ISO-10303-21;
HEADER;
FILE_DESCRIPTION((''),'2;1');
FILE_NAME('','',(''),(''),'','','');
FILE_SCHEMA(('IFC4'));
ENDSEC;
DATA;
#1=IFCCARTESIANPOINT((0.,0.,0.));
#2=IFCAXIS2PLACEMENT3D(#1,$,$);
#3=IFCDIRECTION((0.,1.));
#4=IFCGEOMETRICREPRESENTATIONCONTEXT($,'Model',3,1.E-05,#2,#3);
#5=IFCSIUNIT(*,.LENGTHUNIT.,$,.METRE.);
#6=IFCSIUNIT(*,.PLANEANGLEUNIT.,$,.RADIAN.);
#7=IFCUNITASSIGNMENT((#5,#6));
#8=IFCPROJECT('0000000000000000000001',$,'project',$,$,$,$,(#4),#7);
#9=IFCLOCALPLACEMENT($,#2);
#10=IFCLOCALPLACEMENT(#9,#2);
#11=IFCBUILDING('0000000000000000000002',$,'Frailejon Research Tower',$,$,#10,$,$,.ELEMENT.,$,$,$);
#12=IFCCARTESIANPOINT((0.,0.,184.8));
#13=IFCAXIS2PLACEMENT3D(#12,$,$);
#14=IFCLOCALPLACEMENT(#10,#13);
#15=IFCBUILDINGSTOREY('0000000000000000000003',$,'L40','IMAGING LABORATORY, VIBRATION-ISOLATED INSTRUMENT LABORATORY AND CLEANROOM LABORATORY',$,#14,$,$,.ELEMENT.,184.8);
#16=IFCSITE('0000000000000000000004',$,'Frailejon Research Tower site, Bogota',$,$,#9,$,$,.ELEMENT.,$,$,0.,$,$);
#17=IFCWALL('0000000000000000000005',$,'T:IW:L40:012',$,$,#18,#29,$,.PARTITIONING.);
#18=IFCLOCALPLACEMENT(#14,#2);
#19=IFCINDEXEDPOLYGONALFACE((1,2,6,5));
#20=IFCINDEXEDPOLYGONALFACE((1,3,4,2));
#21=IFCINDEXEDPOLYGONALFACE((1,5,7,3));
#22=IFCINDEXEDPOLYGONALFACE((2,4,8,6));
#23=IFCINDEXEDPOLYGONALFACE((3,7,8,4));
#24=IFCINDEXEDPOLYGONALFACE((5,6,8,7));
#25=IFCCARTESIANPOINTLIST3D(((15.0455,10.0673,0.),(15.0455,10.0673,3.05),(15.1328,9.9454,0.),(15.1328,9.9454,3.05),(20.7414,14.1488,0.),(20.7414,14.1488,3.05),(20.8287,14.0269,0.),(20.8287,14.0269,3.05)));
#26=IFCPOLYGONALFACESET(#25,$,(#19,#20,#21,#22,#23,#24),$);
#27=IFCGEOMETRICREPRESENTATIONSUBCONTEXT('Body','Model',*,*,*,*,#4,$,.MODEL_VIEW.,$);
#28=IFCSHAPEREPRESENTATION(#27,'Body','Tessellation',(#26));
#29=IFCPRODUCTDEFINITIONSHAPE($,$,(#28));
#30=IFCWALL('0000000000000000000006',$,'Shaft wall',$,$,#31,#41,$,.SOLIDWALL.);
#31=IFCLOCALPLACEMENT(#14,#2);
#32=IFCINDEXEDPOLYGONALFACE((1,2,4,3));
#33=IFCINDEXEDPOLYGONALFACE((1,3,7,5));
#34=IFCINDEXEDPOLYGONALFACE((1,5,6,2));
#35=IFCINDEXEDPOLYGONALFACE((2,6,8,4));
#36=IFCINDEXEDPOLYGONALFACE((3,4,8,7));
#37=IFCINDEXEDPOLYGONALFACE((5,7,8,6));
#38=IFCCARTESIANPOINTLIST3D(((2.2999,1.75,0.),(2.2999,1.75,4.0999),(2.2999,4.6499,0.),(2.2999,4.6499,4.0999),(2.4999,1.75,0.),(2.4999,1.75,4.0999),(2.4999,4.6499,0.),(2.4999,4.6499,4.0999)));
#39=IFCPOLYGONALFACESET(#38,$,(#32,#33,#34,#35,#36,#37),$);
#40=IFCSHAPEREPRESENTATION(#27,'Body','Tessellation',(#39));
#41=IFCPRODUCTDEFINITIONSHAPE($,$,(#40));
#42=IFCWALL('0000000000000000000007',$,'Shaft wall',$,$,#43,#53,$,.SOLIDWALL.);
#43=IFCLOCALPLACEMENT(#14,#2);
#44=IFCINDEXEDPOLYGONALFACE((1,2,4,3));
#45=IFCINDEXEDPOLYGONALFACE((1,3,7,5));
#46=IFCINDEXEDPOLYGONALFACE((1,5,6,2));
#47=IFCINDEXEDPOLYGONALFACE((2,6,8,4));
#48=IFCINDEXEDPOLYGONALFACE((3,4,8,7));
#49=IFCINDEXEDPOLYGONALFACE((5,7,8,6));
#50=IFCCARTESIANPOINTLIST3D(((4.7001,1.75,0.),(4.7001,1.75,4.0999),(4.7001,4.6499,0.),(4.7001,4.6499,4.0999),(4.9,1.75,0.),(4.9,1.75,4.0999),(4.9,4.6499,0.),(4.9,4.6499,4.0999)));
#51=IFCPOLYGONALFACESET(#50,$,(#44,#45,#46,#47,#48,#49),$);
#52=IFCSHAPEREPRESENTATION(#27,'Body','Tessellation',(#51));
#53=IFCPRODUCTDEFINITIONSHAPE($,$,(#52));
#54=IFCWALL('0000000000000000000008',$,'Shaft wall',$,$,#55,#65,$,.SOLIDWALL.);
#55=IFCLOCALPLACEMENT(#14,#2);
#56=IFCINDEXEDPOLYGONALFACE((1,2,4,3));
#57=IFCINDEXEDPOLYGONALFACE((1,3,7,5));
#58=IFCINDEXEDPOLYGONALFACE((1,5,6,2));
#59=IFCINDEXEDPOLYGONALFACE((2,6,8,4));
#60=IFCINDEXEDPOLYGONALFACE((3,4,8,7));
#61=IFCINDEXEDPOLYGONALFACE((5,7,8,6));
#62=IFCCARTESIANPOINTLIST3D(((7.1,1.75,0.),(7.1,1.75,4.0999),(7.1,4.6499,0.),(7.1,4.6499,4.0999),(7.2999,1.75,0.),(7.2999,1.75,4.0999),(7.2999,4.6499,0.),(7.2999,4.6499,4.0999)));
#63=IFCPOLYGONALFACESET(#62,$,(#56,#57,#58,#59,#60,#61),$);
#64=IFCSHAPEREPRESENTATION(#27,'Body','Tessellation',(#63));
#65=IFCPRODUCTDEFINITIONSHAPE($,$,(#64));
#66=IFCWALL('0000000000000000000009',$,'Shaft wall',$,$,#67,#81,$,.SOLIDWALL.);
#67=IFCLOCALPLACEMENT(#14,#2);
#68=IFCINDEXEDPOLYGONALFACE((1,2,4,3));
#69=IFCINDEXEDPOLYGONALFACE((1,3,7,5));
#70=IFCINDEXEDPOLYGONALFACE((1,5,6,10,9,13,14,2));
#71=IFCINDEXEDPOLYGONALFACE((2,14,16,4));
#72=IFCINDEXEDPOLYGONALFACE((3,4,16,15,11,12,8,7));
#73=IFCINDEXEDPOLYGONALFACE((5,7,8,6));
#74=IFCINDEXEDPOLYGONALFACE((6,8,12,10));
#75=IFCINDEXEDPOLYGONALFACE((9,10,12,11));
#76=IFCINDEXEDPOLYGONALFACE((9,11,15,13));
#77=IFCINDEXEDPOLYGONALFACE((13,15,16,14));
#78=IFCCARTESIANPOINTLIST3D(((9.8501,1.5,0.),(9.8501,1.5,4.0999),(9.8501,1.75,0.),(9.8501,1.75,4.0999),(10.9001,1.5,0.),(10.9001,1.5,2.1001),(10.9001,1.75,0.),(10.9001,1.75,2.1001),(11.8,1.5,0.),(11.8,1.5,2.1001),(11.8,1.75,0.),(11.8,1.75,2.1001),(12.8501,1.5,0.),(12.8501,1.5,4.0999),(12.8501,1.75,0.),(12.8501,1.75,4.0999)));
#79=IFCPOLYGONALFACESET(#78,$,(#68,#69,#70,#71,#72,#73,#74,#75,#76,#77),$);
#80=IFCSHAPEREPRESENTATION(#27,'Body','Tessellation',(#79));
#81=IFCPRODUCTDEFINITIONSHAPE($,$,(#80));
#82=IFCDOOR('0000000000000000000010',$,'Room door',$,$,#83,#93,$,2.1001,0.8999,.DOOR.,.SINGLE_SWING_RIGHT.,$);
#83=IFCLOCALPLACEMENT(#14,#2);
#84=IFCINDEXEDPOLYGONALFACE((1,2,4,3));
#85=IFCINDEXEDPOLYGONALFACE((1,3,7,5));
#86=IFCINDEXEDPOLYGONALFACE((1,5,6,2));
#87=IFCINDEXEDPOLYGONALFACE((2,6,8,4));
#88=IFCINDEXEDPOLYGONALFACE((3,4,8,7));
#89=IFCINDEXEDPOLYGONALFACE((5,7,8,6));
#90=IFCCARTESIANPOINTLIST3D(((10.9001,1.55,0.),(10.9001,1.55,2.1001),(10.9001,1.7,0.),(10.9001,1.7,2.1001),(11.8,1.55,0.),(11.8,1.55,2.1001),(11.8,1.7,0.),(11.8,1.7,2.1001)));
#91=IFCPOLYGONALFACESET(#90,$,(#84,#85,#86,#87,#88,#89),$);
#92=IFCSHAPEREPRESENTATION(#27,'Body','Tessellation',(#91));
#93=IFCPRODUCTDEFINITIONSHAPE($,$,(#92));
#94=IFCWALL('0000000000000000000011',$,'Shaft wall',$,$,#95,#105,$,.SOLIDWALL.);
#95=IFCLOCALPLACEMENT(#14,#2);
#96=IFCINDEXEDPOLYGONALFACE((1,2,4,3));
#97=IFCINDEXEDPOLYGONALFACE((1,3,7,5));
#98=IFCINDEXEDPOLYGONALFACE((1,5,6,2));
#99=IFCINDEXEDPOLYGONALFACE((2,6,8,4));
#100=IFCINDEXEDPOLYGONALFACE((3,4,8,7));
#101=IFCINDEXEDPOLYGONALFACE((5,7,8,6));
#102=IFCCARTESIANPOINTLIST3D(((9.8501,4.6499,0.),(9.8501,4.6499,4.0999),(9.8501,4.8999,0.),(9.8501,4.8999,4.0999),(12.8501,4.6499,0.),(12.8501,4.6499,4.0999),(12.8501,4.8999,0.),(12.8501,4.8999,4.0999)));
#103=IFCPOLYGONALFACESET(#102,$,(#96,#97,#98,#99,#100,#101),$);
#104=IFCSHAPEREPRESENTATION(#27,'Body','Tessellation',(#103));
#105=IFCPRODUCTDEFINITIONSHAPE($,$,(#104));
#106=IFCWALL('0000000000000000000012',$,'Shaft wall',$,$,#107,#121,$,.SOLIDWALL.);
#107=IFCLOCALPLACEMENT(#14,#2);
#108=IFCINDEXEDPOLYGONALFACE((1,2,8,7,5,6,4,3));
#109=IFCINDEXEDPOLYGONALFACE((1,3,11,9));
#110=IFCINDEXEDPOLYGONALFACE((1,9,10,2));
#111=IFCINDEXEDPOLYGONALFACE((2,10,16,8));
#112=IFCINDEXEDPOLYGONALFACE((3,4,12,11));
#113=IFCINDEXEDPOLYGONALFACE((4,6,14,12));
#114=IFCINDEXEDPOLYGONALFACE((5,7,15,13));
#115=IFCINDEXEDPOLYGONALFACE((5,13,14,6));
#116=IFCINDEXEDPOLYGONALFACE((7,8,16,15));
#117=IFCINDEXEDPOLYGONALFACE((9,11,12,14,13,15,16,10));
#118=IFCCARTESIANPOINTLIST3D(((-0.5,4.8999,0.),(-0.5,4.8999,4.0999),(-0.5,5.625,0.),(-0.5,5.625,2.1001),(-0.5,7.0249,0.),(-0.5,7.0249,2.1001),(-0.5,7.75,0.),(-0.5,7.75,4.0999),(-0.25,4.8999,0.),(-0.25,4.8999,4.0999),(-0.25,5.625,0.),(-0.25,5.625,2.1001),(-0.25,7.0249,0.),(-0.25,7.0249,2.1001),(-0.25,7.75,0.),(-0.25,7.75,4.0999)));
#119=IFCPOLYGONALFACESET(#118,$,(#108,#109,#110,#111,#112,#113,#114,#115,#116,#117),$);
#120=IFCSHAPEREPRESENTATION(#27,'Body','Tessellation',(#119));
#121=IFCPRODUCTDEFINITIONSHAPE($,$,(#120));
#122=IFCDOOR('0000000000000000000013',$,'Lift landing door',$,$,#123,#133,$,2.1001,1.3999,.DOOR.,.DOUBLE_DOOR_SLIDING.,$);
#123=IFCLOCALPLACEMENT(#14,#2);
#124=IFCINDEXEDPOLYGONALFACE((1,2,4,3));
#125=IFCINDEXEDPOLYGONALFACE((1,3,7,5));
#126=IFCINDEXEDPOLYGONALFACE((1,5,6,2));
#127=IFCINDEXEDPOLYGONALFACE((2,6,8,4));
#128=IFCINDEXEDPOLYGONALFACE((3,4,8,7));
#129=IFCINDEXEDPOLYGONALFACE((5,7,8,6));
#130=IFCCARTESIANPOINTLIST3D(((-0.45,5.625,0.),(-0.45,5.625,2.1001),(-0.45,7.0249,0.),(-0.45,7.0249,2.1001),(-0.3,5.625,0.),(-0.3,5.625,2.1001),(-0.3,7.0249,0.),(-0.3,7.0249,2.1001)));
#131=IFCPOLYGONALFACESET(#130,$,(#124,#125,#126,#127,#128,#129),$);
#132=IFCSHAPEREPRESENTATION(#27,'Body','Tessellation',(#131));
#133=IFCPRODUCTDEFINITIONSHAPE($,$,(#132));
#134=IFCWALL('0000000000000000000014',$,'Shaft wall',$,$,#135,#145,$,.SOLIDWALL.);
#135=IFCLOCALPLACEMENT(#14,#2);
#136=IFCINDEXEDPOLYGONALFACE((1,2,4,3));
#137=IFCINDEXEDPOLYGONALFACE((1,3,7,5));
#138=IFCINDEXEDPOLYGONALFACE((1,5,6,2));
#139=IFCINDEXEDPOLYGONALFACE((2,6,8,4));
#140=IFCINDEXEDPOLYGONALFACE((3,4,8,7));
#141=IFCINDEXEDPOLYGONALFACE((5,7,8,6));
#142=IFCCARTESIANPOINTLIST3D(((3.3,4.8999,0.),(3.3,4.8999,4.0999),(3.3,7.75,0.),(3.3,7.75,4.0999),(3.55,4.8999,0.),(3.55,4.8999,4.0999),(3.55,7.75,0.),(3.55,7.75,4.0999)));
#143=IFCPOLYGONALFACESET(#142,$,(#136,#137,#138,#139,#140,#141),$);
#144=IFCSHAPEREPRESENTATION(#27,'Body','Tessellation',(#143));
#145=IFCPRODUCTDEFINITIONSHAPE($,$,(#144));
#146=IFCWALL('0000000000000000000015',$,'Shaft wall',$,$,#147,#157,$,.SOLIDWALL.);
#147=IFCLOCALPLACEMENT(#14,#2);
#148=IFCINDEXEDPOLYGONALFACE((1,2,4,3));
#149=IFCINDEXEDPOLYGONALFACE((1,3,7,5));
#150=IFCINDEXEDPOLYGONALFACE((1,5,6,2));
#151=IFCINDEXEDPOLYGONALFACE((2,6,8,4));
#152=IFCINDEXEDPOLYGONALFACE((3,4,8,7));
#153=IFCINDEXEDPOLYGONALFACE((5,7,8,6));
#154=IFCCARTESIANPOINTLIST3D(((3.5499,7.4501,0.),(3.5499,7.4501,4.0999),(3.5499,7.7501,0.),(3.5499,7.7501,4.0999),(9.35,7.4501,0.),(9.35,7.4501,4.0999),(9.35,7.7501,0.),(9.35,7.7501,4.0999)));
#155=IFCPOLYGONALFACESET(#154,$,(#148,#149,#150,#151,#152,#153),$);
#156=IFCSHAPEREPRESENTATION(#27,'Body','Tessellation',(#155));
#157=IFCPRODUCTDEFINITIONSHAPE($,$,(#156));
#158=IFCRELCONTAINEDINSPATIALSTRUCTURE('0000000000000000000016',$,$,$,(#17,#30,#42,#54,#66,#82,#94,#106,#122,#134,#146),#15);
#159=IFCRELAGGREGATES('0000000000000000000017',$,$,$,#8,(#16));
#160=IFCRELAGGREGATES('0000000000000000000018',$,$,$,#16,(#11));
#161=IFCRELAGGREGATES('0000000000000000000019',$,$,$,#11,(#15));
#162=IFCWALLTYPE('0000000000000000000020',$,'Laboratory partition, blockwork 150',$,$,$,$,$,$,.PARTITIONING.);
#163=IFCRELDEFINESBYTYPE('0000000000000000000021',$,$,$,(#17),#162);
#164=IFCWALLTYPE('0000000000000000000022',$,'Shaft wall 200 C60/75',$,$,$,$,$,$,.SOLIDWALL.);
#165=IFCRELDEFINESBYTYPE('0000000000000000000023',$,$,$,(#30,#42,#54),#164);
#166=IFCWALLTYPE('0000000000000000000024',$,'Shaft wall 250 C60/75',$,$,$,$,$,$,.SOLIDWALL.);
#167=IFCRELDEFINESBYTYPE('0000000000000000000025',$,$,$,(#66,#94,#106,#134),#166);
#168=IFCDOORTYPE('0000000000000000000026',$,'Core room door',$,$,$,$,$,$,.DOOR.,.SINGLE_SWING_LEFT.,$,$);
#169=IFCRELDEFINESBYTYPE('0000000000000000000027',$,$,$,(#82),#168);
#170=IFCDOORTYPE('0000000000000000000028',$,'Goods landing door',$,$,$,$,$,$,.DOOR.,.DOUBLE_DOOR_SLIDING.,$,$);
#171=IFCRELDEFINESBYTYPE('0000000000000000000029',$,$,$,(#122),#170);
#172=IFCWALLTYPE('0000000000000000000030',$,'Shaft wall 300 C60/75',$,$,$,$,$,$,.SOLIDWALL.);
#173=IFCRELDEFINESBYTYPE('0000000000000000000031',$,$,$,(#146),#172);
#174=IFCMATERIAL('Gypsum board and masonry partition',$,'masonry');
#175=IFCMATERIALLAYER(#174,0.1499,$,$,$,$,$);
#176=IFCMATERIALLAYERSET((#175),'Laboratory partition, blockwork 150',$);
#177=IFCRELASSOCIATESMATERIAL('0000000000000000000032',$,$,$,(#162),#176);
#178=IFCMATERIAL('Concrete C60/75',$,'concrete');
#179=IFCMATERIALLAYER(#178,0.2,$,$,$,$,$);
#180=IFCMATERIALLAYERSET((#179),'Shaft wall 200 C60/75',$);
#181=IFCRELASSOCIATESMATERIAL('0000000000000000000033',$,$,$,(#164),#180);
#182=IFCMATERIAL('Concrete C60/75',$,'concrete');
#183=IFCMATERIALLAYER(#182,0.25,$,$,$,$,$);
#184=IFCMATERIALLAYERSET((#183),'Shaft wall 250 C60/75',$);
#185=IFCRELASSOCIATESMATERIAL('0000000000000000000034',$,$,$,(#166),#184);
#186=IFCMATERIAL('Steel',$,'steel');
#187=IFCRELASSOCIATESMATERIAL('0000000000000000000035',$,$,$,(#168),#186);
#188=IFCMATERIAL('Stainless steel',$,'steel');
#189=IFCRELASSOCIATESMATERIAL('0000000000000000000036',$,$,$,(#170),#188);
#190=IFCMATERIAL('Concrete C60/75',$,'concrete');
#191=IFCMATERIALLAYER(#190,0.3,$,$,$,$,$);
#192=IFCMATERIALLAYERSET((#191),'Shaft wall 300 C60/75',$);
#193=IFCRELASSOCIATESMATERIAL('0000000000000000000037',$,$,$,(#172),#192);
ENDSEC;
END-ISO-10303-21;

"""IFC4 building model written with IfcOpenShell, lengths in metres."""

from ifc_helpers import new_model, si_unit, direction, frame, frame_2d, origin, place, context, subcontext, project, spatial, rectangle, extrude, material, layer, layer_set, type_object, element, fill, save


model = new_model("IFC4")

# Units and contexts
model_context = context("Model", 3, precision=1e-05, world=origin(), true_north=direction((0.0, 1.0)))
body_context = subcontext(model_context, "Body", "Model", "MODEL_VIEW")
ifc_project = project(units=[si_unit("LENGTHUNIT", "METRE"), si_unit("PLANEANGLEUNIT", "RADIAN")], contexts=[model_context])

# Site, building, storey
site_placement = place(None, origin())
site = spatial("IfcSite", under=ifc_project, at=site_placement, Name="Frailejon Research Tower site, Bogota", CompositionType="ELEMENT", RefElevation=0.0)
building_placement = place(site_placement, origin())
building = spatial("IfcBuilding", under=site, at=building_placement, Name="Frailejon Research Tower", CompositionType="ELEMENT")
storey_placement = place(building_placement, frame((0.0, 0.0, 184.8)))
storey = spatial("IfcBuildingStorey", under=building, at=storey_placement, Name="L40", Description="IMAGING LABORATORY, VIBRATION-ISOLATED INSTRUMENT LABORATORY AND CLEANROOM LABORATORY", CompositionType="ELEMENT", Elevation=184.8)

# Walls
ifc_material_1 = material(Name="Gypsum board and masonry partition", Category="masonry")
ifc_layer_1 = layer(ifc_material_1, 0.1499)
ifc_layer_set_1 = layer_set([ifc_layer_1], Name="Laboratory partition, blockwork 150")
wall_type_1 = type_object("IfcWallType", Name="Laboratory partition, blockwork 150", PredefinedType="PARTITIONING", material=ifc_layer_set_1)
wall_1_placement = place(storey_placement, frame((15.0891, 10.0063, 0.0), z_axis=(0.0, 0.0, 1.0), x_axis=(0.812859, 0.58246, 0.0)))
element("IfcWall", 1, at=wall_1_placement, inside=storey, type_object=wall_type_1, Name="T:IW:L40:012", PredefinedType="PARTITIONING", context=body_context, shape_type="SweptSolid", body=[
    extrude(rectangle(XDim=7.0073, YDim=0.1499, at=frame_2d((3.5037, 0.0))), origin(), (0.0, 0.0, 1.0), 3.05),
])
ifc_material_2 = material(Name="Concrete C60/75", Category="concrete")
ifc_layer_2 = layer(ifc_material_2, 0.2)
ifc_layer_set_2 = layer_set([ifc_layer_2], Name="Shaft wall 200 C60/75")
wall_type_2 = type_object("IfcWallType", Name="Shaft wall 200 C60/75", PredefinedType="SOLIDWALL", material=ifc_layer_set_2)
for number, where, z_axis, x_axis, name in (
    (2, (2.3999, 1.75, 0.0), (0.0, 0.0, 1.0), (0.0, 1.0, 0.0), "Shaft wall"),
    (3, (4.8, 1.75, 0.0), (0.0, 0.0, 1.0), (0.0, 1.0, 0.0), "Shaft wall"),
    (4, (7.2, 1.75, 0.0), (0.0, 0.0, 1.0), (0.0, 1.0, 0.0), "Shaft wall"),
):
    element("IfcWall", number, at=place(storey_placement, frame(where, z_axis=z_axis, x_axis=x_axis)), inside=storey, type_object=wall_type_2, Name=name, PredefinedType="SOLIDWALL", context=body_context, shape_type="SweptSolid", body=[
        extrude(rectangle(XDim=2.8999, YDim=0.2, at=frame_2d((1.45, 0.0))), origin(), (0.0, 0.0, 1.0), 4.0999),
    ])

# Wall, opening, door
ifc_material_3 = material(Name="Concrete C60/75", Category="concrete")
ifc_layer_3 = layer(ifc_material_3, 0.25)
ifc_layer_set_3 = layer_set([ifc_layer_3], Name="Shaft wall 250 C60/75")
wall_type_3 = type_object("IfcWallType", Name="Shaft wall 250 C60/75", PredefinedType="SOLIDWALL", material=ifc_layer_set_3)
wall_2_placement = place(storey_placement, frame((9.8501, 1.625, 0.0), z_axis=(0.0, 0.0, 1.0), x_axis=(1.0, 0.0, 0.0)))
wall_2 = element("IfcWall", 5, at=wall_2_placement, inside=storey, type_object=wall_type_3, Name="Shaft wall", PredefinedType="SOLIDWALL", context=body_context, shape_type="SweptSolid", body=[
    extrude(rectangle(XDim=3.0, YDim=0.25, at=frame_2d((1.5, 0.0))), origin(), (0.0, 0.0, 1.0), 4.0999),
])
opening_1_placement = place(wall_2_placement, frame((1.05, 0.0, 0.0)))
opening_1 = element("IfcOpeningElement", 6, at=opening_1_placement, cuts=wall_2, PredefinedType="OPENING", context=body_context, shape_type="SweptSolid", body=[
    extrude(rectangle(XDim=0.8999, YDim=2.1001, at=frame_2d((0.45, 1.05))), frame((0.0, 0.135, 0.0), z_axis=(0.0, -1.0, 0.0), x_axis=(1.0, 0.0, 0.0)), (0.0, 0.0, 1.0), 0.27),
])
ifc_material_4 = material(Name="Steel", Category="steel")
door_type_1 = type_object("IfcDoorType", Name="Core room door", OperationType="SINGLE_SWING_LEFT", PredefinedType="DOOR", material=ifc_material_4)
door_1_placement = place(opening_1_placement, origin())
door_1 = element("IfcDoor", 7, at=door_1_placement, inside=storey, type_object=door_type_1, Name="Room door", OperationType="SINGLE_SWING_RIGHT", OverallHeight=2.1001, OverallWidth=0.8999, PredefinedType="DOOR", context=body_context, shape_type="SweptSolid", body=[
    extrude(rectangle(XDim=0.8999, YDim=2.1001, at=frame_2d((0.45, 1.05))), frame((0.0, 0.075, 0.0), z_axis=(0.0, -1.0, 0.0), x_axis=(1.0, 0.0, 0.0)), (0.0, 0.0, 1.0), 0.1499),
])
fill(opening_1, door_1)

# Wall
wall_3_placement = place(storey_placement, frame((9.8501, 4.7749, 0.0), z_axis=(0.0, 0.0, 1.0), x_axis=(1.0, 0.0, 0.0)))
element("IfcWall", 8, at=wall_3_placement, inside=storey, type_object=wall_type_3, Name="Shaft wall", PredefinedType="SOLIDWALL", context=body_context, shape_type="SweptSolid", body=[
    extrude(rectangle(XDim=3.0, YDim=0.25, at=frame_2d((1.5, 0.0))), origin(), (0.0, 0.0, 1.0), 4.0999),
])

# Wall, opening, door
wall_4_placement = place(storey_placement, frame((-0.375, 4.8999, 0.0), z_axis=(0.0, 0.0, 1.0), x_axis=(0.0, 1.0, 0.0)))
wall_4 = element("IfcWall", 9, at=wall_4_placement, inside=storey, type_object=wall_type_3, Name="Shaft wall", PredefinedType="SOLIDWALL", context=body_context, shape_type="SweptSolid", body=[
    extrude(rectangle(XDim=2.8501, YDim=0.25, at=frame_2d((1.425, 0.0))), origin(), (0.0, 0.0, 1.0), 4.0999),
])
opening_2_placement = place(wall_4_placement, frame((0.7251, 0.0, 0.0)))
opening_2 = element("IfcOpeningElement", 10, at=opening_2_placement, cuts=wall_4, PredefinedType="OPENING", context=body_context, shape_type="SweptSolid", body=[
    extrude(rectangle(XDim=1.3999, YDim=2.1001, at=frame_2d((0.7, 1.05))), frame((0.0, 0.135, 0.0), z_axis=(0.0, -1.0, 0.0), x_axis=(1.0, 0.0, 0.0)), (0.0, 0.0, 1.0), 0.27),
])
ifc_material_5 = material(Name="Stainless steel", Category="steel")
door_type_2 = type_object("IfcDoorType", Name="Goods landing door", OperationType="DOUBLE_DOOR_SLIDING", PredefinedType="DOOR", material=ifc_material_5)
door_2_placement = place(opening_2_placement, origin())
door_2 = element("IfcDoor", 11, at=door_2_placement, inside=storey, type_object=door_type_2, Name="Lift landing door", OperationType="DOUBLE_DOOR_SLIDING", OverallHeight=2.1001, OverallWidth=1.3999, PredefinedType="DOOR", context=body_context, shape_type="SweptSolid", body=[
    extrude(rectangle(XDim=1.3999, YDim=2.1001, at=frame_2d((0.7, 1.05))), frame((0.0, 0.075, 0.0), z_axis=(0.0, -1.0, 0.0), x_axis=(1.0, 0.0, 0.0)), (0.0, 0.0, 1.0), 0.1499),
])
fill(opening_2, door_2)

# Walls
wall_5_placement = place(storey_placement, frame((3.425, 4.8999, 0.0), z_axis=(0.0, 0.0, 1.0), x_axis=(0.0, 1.0, 0.0)))
element("IfcWall", 12, at=wall_5_placement, inside=storey, type_object=wall_type_3, Name="Shaft wall", PredefinedType="SOLIDWALL", context=body_context, shape_type="SweptSolid", body=[
    extrude(rectangle(XDim=2.8501, YDim=0.25, at=frame_2d((1.425, 0.0))), origin(), (0.0, 0.0, 1.0), 4.0999),
])
ifc_material_6 = material(Name="Concrete C60/75", Category="concrete")
ifc_layer_4 = layer(ifc_material_6, 0.3)
ifc_layer_set_4 = layer_set([ifc_layer_4], Name="Shaft wall 300 C60/75")
wall_type_4 = type_object("IfcWallType", Name="Shaft wall 300 C60/75", PredefinedType="SOLIDWALL", material=ifc_layer_set_4)
wall_6_placement = place(storey_placement, frame((3.55, 7.6001, 0.0), z_axis=(0.0, 0.0, 1.0), x_axis=(1.0, 0.0, 0.0)))
element("IfcWall", 13, at=wall_6_placement, inside=storey, type_object=wall_type_4, Name="Shaft wall", PredefinedType="SOLIDWALL", context=body_context, shape_type="SweptSolid", body=[
    extrude(rectangle(XDim=5.8, YDim=0.3, at=frame_2d((2.8999, 0.0))), origin(), (0.0, 0.0, 1.0), 4.0999),
])

save(model, "model.ifc")
